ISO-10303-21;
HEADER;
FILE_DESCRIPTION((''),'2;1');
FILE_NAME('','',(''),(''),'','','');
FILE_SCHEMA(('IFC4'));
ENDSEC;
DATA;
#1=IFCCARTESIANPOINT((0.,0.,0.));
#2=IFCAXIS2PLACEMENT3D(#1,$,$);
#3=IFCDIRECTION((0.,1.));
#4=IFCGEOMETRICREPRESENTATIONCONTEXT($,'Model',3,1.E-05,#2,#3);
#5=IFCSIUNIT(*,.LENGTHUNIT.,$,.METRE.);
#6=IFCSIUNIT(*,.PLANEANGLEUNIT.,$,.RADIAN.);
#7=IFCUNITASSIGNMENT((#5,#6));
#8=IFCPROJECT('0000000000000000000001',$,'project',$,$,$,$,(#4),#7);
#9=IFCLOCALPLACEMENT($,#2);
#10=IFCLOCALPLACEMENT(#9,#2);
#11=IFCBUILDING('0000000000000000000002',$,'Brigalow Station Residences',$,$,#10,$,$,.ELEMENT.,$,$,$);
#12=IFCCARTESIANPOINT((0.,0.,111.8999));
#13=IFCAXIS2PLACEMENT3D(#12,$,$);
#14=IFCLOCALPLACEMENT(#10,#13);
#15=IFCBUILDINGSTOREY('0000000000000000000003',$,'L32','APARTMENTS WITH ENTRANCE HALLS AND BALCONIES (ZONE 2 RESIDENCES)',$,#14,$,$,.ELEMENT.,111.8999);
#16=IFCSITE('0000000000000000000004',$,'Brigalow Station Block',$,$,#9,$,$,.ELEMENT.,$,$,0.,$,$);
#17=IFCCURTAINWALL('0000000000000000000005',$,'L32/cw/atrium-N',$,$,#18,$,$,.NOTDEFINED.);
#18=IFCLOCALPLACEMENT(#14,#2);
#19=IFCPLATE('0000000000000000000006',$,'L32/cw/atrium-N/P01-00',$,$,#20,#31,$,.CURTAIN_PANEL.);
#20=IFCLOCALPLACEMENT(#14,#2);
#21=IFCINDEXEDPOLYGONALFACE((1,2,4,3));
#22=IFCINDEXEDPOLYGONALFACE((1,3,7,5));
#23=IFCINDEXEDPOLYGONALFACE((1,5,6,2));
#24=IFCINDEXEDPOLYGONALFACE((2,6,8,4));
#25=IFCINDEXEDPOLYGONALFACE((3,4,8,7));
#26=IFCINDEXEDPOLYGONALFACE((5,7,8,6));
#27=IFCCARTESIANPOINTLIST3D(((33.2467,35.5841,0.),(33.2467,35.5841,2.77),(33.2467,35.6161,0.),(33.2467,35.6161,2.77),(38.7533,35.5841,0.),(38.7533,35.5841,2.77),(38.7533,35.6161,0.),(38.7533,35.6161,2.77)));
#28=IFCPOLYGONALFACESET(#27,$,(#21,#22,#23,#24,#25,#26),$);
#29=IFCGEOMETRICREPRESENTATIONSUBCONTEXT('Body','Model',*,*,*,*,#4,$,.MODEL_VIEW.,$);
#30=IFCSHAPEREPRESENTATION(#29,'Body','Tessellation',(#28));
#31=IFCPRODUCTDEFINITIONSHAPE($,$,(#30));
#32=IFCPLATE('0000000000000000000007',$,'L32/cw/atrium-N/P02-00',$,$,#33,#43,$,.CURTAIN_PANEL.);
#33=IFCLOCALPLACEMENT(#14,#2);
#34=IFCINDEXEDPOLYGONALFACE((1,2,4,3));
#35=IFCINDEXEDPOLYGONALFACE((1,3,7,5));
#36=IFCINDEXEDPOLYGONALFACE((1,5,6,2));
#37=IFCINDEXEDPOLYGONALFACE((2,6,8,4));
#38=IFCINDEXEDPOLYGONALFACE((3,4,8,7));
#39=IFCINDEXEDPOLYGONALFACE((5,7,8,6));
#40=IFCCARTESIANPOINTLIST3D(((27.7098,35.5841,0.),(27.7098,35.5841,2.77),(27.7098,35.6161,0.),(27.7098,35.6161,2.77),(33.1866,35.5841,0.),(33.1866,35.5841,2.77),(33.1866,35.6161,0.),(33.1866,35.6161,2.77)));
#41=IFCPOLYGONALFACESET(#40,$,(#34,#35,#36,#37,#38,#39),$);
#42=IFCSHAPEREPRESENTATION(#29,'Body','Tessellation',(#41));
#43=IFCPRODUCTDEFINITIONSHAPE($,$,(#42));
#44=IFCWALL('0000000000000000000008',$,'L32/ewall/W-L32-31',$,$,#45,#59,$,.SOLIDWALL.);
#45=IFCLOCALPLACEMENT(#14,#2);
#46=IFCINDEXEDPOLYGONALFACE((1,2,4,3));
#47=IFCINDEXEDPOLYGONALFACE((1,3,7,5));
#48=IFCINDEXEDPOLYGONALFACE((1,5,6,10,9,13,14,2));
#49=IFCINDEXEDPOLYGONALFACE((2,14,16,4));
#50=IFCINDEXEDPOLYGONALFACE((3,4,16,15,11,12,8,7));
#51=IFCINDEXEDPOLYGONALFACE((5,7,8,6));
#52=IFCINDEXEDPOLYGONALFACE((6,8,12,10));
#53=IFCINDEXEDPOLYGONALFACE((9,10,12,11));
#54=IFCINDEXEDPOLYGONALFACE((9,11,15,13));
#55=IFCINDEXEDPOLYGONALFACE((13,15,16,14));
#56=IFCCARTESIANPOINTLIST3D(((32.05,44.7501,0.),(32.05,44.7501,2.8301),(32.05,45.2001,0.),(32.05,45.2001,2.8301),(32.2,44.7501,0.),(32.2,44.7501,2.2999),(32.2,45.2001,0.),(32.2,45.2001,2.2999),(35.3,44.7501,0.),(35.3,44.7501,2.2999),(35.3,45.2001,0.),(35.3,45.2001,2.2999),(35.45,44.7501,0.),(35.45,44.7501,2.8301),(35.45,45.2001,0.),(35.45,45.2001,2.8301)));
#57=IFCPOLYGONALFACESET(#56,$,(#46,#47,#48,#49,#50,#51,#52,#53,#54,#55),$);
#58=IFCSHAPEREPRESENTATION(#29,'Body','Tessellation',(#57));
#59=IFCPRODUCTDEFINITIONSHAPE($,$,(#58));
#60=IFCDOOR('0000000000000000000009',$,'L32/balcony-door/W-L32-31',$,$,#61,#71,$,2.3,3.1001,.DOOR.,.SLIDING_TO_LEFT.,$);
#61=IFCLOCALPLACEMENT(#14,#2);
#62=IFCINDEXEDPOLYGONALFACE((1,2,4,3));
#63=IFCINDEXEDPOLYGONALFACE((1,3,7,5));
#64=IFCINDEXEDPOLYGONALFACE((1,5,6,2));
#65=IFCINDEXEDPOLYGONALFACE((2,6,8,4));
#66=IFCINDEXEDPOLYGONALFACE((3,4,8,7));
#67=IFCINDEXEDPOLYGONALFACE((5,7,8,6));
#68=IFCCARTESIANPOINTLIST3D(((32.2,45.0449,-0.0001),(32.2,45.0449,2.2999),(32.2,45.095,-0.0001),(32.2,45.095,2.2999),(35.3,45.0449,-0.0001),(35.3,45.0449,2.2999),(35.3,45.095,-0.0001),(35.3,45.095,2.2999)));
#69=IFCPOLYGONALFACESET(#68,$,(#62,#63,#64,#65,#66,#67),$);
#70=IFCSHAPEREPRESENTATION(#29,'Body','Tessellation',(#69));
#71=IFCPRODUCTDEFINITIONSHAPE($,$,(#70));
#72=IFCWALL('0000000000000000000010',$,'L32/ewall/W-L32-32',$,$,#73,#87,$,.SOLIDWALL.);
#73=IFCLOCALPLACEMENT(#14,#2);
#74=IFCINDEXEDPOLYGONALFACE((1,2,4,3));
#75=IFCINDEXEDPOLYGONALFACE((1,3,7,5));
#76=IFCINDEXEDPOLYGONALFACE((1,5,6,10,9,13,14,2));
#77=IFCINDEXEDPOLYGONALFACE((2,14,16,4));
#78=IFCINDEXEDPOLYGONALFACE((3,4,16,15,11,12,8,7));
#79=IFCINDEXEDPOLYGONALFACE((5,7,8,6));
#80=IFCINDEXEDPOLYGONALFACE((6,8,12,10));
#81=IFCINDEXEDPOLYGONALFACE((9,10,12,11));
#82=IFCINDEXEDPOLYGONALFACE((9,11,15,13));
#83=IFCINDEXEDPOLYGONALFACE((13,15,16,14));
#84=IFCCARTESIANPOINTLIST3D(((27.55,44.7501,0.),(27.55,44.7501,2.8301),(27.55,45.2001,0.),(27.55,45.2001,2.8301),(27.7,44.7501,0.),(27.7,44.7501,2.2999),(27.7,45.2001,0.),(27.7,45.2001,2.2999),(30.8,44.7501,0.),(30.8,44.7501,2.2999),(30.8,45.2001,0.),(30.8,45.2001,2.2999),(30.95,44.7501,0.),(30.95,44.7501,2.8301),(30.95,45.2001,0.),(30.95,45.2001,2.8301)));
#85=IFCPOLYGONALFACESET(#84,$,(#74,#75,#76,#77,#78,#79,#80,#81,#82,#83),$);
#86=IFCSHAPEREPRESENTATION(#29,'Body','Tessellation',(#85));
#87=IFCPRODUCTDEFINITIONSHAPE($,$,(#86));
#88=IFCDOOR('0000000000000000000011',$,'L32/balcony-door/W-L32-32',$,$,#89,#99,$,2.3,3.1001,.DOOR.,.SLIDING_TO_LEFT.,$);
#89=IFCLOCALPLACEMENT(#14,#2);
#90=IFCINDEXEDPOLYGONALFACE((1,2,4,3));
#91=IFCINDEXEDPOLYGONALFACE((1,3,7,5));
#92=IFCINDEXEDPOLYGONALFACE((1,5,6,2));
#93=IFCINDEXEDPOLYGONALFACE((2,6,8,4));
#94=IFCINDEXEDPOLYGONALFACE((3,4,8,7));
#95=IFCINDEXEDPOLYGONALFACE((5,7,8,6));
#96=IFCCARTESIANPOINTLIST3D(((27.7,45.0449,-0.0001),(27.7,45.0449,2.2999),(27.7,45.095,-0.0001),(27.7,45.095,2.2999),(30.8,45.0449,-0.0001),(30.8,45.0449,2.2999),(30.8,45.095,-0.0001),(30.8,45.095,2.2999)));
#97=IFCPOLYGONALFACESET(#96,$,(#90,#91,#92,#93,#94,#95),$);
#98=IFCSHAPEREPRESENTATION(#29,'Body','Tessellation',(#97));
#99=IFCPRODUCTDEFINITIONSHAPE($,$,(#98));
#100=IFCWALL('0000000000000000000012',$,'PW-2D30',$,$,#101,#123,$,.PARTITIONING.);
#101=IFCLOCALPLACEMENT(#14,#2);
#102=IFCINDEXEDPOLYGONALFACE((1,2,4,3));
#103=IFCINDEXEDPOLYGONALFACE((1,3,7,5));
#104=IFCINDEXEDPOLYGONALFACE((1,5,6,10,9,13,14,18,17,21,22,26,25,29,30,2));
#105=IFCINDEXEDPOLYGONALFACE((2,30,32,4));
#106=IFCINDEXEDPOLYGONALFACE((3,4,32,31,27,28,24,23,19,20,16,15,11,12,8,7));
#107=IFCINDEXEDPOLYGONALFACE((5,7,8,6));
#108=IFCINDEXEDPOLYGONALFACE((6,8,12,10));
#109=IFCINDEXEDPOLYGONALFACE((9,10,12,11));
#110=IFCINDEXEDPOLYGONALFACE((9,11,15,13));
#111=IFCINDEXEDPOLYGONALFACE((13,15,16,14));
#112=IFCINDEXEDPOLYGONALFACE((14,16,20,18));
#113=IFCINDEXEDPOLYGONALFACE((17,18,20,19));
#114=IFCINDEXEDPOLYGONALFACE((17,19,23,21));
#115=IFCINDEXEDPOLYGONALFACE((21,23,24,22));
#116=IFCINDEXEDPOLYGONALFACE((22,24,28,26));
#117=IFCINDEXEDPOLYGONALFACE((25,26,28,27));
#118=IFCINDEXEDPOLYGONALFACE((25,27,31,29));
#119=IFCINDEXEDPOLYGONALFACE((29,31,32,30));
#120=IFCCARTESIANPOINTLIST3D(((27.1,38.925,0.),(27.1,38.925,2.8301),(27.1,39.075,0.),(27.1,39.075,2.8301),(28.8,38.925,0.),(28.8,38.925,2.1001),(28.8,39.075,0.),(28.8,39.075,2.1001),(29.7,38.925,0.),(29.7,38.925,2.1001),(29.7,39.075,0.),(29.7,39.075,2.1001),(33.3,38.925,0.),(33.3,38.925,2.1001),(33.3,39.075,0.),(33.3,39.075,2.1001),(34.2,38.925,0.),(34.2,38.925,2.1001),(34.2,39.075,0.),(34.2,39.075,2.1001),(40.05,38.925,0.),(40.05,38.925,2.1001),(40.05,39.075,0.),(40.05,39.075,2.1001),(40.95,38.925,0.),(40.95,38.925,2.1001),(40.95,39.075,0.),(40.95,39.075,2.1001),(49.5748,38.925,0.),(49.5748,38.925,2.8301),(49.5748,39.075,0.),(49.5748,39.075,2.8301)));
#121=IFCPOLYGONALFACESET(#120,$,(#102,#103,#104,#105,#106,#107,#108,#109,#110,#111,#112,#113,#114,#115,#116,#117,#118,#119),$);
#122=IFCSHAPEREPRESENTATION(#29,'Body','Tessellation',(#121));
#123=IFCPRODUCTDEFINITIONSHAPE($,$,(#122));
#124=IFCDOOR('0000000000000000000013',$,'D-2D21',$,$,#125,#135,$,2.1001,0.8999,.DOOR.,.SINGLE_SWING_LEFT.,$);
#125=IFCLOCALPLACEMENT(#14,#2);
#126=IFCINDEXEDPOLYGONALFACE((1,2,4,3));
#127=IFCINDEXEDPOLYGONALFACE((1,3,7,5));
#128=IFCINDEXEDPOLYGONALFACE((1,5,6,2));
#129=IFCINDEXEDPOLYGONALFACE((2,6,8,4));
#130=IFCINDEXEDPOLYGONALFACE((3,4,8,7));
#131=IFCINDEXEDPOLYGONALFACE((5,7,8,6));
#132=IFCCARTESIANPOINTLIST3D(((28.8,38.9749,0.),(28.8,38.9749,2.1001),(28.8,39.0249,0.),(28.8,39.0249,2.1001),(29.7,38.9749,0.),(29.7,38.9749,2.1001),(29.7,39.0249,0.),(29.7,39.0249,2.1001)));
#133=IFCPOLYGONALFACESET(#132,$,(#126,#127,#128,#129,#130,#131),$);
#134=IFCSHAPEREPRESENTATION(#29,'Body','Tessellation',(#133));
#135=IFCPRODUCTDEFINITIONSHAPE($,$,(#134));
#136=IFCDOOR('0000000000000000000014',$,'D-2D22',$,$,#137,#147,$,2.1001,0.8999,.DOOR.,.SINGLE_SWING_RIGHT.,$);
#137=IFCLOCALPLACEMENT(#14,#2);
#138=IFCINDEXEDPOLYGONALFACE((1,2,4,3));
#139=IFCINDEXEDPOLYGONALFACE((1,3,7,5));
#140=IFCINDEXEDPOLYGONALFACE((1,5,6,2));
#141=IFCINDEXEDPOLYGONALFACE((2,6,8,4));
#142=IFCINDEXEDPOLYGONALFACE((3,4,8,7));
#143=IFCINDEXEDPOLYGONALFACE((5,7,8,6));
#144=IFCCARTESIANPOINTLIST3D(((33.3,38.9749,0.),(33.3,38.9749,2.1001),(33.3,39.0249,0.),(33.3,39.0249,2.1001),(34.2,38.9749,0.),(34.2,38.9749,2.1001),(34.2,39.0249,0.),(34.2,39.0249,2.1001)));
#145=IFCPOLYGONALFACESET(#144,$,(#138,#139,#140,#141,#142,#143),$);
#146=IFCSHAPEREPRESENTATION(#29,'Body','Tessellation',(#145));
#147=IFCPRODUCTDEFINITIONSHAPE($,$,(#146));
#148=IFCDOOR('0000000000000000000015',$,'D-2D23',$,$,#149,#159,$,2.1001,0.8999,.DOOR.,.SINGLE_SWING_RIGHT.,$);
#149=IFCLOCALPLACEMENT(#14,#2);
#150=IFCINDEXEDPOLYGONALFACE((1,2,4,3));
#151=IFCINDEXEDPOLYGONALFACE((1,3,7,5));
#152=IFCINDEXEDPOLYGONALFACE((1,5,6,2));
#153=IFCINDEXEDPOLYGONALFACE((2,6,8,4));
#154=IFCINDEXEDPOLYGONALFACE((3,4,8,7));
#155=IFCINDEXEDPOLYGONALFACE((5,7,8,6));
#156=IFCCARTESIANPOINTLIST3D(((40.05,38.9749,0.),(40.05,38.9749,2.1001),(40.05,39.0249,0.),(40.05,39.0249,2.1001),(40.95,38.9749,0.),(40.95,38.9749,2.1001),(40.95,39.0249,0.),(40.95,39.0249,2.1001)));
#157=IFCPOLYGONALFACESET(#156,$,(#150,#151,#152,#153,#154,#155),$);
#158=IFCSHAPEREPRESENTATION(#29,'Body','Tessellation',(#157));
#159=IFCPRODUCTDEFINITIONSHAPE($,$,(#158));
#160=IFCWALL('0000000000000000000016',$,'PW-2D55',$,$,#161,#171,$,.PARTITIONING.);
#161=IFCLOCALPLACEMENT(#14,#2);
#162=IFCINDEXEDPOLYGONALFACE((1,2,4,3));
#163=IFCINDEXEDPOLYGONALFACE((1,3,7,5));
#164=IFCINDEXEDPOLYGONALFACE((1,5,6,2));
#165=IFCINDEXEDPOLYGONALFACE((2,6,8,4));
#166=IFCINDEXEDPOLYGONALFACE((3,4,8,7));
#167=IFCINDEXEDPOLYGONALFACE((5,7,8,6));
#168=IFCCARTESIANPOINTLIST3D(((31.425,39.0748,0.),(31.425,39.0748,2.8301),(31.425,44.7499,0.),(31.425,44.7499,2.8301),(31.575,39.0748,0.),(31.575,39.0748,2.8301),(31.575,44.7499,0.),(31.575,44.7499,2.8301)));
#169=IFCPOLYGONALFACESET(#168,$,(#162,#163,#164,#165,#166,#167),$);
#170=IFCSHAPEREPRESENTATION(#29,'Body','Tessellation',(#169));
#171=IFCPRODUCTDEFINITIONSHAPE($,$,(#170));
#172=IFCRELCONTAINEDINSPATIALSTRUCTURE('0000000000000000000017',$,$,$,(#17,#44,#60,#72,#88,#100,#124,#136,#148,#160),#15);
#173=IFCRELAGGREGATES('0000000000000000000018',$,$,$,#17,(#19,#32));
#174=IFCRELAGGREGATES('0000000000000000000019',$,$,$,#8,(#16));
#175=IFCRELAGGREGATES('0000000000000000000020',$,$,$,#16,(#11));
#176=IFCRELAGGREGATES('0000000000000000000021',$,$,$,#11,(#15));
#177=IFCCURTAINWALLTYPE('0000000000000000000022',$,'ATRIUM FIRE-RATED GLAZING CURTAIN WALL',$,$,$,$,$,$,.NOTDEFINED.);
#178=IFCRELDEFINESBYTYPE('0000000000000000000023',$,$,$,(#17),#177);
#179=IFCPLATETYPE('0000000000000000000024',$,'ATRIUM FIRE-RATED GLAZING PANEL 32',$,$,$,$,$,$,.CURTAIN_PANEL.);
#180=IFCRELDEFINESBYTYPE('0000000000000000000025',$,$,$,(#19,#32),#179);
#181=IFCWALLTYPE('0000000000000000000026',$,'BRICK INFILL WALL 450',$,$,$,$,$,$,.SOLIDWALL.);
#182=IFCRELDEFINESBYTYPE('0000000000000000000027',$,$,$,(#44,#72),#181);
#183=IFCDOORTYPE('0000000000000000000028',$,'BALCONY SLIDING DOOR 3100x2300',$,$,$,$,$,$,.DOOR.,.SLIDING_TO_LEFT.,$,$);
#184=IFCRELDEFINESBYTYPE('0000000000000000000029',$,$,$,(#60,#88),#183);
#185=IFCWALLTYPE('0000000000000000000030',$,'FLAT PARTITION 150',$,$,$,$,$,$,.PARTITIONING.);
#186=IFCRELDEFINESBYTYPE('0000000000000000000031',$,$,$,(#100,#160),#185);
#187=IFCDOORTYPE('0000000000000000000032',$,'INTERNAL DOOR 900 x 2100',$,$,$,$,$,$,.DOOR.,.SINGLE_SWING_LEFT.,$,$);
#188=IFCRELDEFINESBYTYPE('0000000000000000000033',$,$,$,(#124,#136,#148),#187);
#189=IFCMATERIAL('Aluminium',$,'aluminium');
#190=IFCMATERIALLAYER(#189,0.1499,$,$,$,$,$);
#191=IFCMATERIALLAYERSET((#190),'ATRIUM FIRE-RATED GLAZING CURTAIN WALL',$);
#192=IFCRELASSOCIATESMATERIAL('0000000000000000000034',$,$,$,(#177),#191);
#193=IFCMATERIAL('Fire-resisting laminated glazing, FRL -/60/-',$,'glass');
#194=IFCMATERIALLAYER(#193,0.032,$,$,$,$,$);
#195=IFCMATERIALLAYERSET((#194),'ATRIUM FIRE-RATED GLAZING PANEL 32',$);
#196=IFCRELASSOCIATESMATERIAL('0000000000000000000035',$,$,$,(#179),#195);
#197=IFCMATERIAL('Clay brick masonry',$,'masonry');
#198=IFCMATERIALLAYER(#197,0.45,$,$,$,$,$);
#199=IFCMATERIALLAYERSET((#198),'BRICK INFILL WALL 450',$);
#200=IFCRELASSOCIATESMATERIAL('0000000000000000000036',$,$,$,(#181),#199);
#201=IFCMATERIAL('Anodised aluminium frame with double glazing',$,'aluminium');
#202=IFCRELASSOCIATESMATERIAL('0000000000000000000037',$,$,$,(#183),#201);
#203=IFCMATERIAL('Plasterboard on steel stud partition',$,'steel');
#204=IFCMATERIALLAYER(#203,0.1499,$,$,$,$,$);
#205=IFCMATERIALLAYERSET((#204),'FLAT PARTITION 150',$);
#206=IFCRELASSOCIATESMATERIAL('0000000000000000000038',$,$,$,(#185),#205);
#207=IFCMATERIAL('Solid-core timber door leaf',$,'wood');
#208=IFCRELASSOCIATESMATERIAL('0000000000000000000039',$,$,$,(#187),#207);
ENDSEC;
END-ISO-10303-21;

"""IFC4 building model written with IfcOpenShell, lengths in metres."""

from ifc_helpers import new_model, si_unit, direction, frame, frame_2d, origin, origin_2d, place, context, subcontext, project, spatial, rectangle, extrude, material, layer, layer_set, type_object, element, fill, aggregate, save


model = new_model("IFC4")

# Units and contexts
model_context = context("Model", 3, precision=1e-05, world=origin(), true_north=direction((0.0, 1.0)))
body_context = subcontext(model_context, "Body", "Model", "MODEL_VIEW")
ifc_project = project(units=[si_unit("LENGTHUNIT", "METRE"), si_unit("PLANEANGLEUNIT", "RADIAN")], contexts=[model_context])

# Site, building, storey
site_placement = place(None, origin())
site = spatial("IfcSite", under=ifc_project, at=site_placement, Name="Brigalow Station Block", CompositionType="ELEMENT", RefElevation=0.0)
building_placement = place(site_placement, origin())
building = spatial("IfcBuilding", under=site, at=building_placement, Name="Brigalow Station Residences", CompositionType="ELEMENT")
storey_placement = place(building_placement, frame((0.0, 0.0, 111.8999)))
storey = spatial("IfcBuildingStorey", under=building, at=storey_placement, Name="L32", Description="APARTMENTS WITH ENTRANCE HALLS AND BALCONIES (ZONE 2 RESIDENCES)", CompositionType="ELEMENT", Elevation=111.8999)

# Shared definitions
ifc_material_1 = material(Name="Aluminium", Category="aluminium")
ifc_layer_1 = layer(ifc_material_1, 0.1499)
ifc_layer_set_1 = layer_set([ifc_layer_1], Name="ATRIUM FIRE-RATED GLAZING CURTAIN WALL")
curtain_wall_type = type_object("IfcCurtainWallType", Name="ATRIUM FIRE-RATED GLAZING CURTAIN WALL", PredefinedType="NOTDEFINED", material=ifc_layer_set_1)

# Curtain wall
curtain_wall_1_placement = place(storey_placement, origin())
curtain_wall_1 = element("IfcCurtainWall", 1, at=curtain_wall_1_placement, inside=storey, type_object=curtain_wall_type, Name="L32/cw/atrium-N", PredefinedType="NOTDEFINED")

# Plates
ifc_material_2 = material(Name="Fire-resisting laminated glazing, FRL -/60/-", Category="glass")
ifc_layer_2 = layer(ifc_material_2, 0.032)
ifc_layer_set_2 = layer_set([ifc_layer_2], Name="ATRIUM FIRE-RATED GLAZING PANEL 32")
plate_type = type_object("IfcPlateType", Name="ATRIUM FIRE-RATED GLAZING PANEL 32", PredefinedType="CURTAIN_PANEL", material=ifc_layer_set_2)
plate_1_placement = place(storey_placement, frame((36.0, 35.6001, 0.0), z_axis=(0.0, 0.0, 1.0), x_axis=(-1.0, 0.0, 0.0)))
plate_1 = element("IfcPlate", 2, at=plate_1_placement, type_object=plate_type, Name="L32/cw/atrium-N/P01-00", PredefinedType="CURTAIN_PANEL", context=body_context, shape_type="SweptSolid", body=[
    extrude(rectangle(XDim=5.5066, YDim=0.032, at=origin_2d()), origin(), (0.0, 0.0, 1.0), 2.77),
])
plate_2_placement = place(storey_placement, frame((30.4482, 35.6001, 0.0), z_axis=(0.0, 0.0, 1.0), x_axis=(-1.0, 0.0, 0.0)))
plate_2 = element("IfcPlate", 3, at=plate_2_placement, type_object=plate_type, Name="L32/cw/atrium-N/P02-00", PredefinedType="CURTAIN_PANEL", context=body_context, shape_type="SweptSolid", body=[
    extrude(rectangle(XDim=5.4768, YDim=0.032, at=origin_2d()), origin(), (0.0, 0.0, 1.0), 2.77),
])
aggregate(curtain_wall_1, [plate_1, plate_2])

# Walls, openings, doors
ifc_material_3 = material(Name="Clay brick masonry", Category="masonry")
ifc_layer_3 = layer(ifc_material_3, 0.45)
ifc_layer_set_3 = layer_set([ifc_layer_3], Name="BRICK INFILL WALL 450")
wall_type_1 = type_object("IfcWallType", Name="BRICK INFILL WALL 450", PredefinedType="SOLIDWALL", material=ifc_layer_set_3)
wall_1_placement = place(storey_placement, frame((35.45, 44.9751, 0.0), z_axis=(0.0, 0.0, 1.0), x_axis=(-1.0, 0.0, 0.0)))
wall_1 = element("IfcWall", 4, at=wall_1_placement, inside=storey, type_object=wall_type_1, Name="L32/ewall/W-L32-31", PredefinedType="SOLIDWALL", context=body_context, shape_type="SweptSolid", body=[
    extrude(rectangle(XDim=3.3999, YDim=0.45, at=frame_2d((1.7, 0.0))), origin(), (0.0, 0.0, 1.0), 2.8301),
])
opening_1_placement = place(wall_1_placement, frame((0.1499, 0.0, 0.0)))
opening_1 = element("IfcOpeningElement", 5, at=opening_1_placement, cuts=wall_1, PredefinedType="OPENING", context=body_context, shape_type="SweptSolid", body=[
    extrude(rectangle(XDim=3.1001, YDim=2.3, at=frame_2d((1.55, 1.1499))), frame((0.0, 0.2349, 0.0), z_axis=(0.0, -1.0, 0.0), x_axis=(1.0, 0.0, 0.0)), (0.0, 0.0, 1.0), 0.47),
])
ifc_material_4 = material(Name="Anodised aluminium frame with double glazing", Category="aluminium")
door_type_1 = type_object("IfcDoorType", Name="BALCONY SLIDING DOOR 3100x2300", OperationType="SLIDING_TO_LEFT", PredefinedType="DOOR", material=ifc_material_4)
door_1_placement = place(opening_1_placement, origin())
door_1 = element("IfcDoor", 6, at=door_1_placement, inside=storey, type_object=door_type_1, Name="L32/balcony-door/W-L32-31", OperationType="SLIDING_TO_LEFT", OverallHeight=2.3, OverallWidth=3.1001, PredefinedType="DOOR", context=body_context, shape_type="SweptSolid", body=[
    extrude(rectangle(XDim=3.1001, YDim=2.3, at=frame_2d((1.55, 1.1499))), frame((0.0, -0.0698, 0.0), z_axis=(0.0, -1.0, 0.0), x_axis=(1.0, 0.0, 0.0)), (0.0, 0.0, 1.0), 0.05),
])
fill(opening_1, door_1)
wall_2_placement = place(storey_placement, frame((30.95, 44.9751, 0.0), z_axis=(0.0, 0.0, 1.0), x_axis=(-1.0, 0.0, 0.0)))
wall_2 = element("IfcWall", 7, at=wall_2_placement, inside=storey, type_object=wall_type_1, Name="L32/ewall/W-L32-32", PredefinedType="SOLIDWALL", context=body_context, shape_type="SweptSolid", body=[
    extrude(rectangle(XDim=3.3999, YDim=0.45, at=frame_2d((1.7, 0.0))), origin(), (0.0, 0.0, 1.0), 2.8301),
])
opening_2_placement = place(wall_2_placement, frame((0.1499, 0.0, 0.0)))
opening_2 = element("IfcOpeningElement", 8, at=opening_2_placement, cuts=wall_2, PredefinedType="OPENING", context=body_context, shape_type="SweptSolid", body=[
    extrude(rectangle(XDim=3.1001, YDim=2.3, at=frame_2d((1.55, 1.1499))), frame((0.0, 0.2349, 0.0), z_axis=(0.0, -1.0, 0.0), x_axis=(1.0, 0.0, 0.0)), (0.0, 0.0, 1.0), 0.47),
])
door_2_placement = place(opening_2_placement, origin())
door_2 = element("IfcDoor", 9, at=door_2_placement, inside=storey, type_object=door_type_1, Name="L32/balcony-door/W-L32-32", OperationType="SLIDING_TO_LEFT", OverallHeight=2.3, OverallWidth=3.1001, PredefinedType="DOOR", context=body_context, shape_type="SweptSolid", body=[
    extrude(rectangle(XDim=3.1001, YDim=2.3, at=frame_2d((1.55, 1.1499))), frame((0.0, -0.0698, 0.0), z_axis=(0.0, -1.0, 0.0), x_axis=(1.0, 0.0, 0.0)), (0.0, 0.0, 1.0), 0.05),
])
fill(opening_2, door_2)

# Wall, openings, doors
ifc_material_5 = material(Name="Plasterboard on steel stud partition", Category="steel")
ifc_layer_4 = layer(ifc_material_5, 0.1499)
ifc_layer_set_4 = layer_set([ifc_layer_4], Name="FLAT PARTITION 150")
wall_type_2 = type_object("IfcWallType", Name="FLAT PARTITION 150", PredefinedType="PARTITIONING", material=ifc_layer_set_4)
wall_3_placement = place(storey_placement, frame((27.1001, 39.0, 0.0), z_axis=(0.0, 0.0, 1.0), x_axis=(1.0, 0.0, 0.0)))
wall_3 = element("IfcWall", 10, at=wall_3_placement, inside=storey, type_object=wall_type_2, Name="PW-2D30", PredefinedType="PARTITIONING", context=body_context, shape_type="SweptSolid", body=[
    extrude(rectangle(XDim=22.4749, YDim=0.1499, at=frame_2d((11.2373, 0.0))), origin(), (0.0, 0.0, 1.0), 2.8301),
])
opening_3_placement = place(wall_3_placement, frame((1.7, 0.0, 0.0)))
opening_3 = element("IfcOpeningElement", 11, at=opening_3_placement, cuts=wall_3, PredefinedType="OPENING", context=body_context, shape_type="SweptSolid", body=[
    extrude(rectangle(XDim=0.8999, YDim=2.1001, at=frame_2d((0.45, 1.05))), frame((0.0, 0.085, 0.0), z_axis=(0.0, -1.0, 0.0), x_axis=(1.0, 0.0, 0.0)), (0.0, 0.0, 1.0), 0.1699),
])
opening_4_placement = place(wall_3_placement, frame((6.2, 0.0, 0.0)))
opening_4 = element("IfcOpeningElement", 12, at=opening_4_placement, cuts=wall_3, PredefinedType="OPENING", context=body_context, shape_type="SweptSolid", body=[
    extrude(rectangle(XDim=0.8999, YDim=2.1001, at=frame_2d((0.45, 1.05))), frame((0.0, 0.085, 0.0), z_axis=(0.0, -1.0, 0.0), x_axis=(1.0, 0.0, 0.0)), (0.0, 0.0, 1.0), 0.1699),
])
opening_5_placement = place(wall_3_placement, frame((12.95, 0.0, 0.0)))
opening_5 = element("IfcOpeningElement", 13, at=opening_5_placement, cuts=wall_3, PredefinedType="OPENING", context=body_context, shape_type="SweptSolid", body=[
    extrude(rectangle(XDim=0.8999, YDim=2.1001, at=frame_2d((0.45, 1.05))), frame((0.0, 0.085, 0.0), z_axis=(0.0, -1.0, 0.0), x_axis=(1.0, 0.0, 0.0)), (0.0, 0.0, 1.0), 0.1699),
])
ifc_material_6 = material(Name="Solid-core timber door leaf", Category="wood")
door_type_2 = type_object("IfcDoorType", Name="INTERNAL DOOR 900 x 2100", OperationType="SINGLE_SWING_LEFT", PredefinedType="DOOR", material=ifc_material_6)
door_3_placement = place(opening_3_placement, origin())
door_3 = element("IfcDoor", 14, at=door_3_placement, inside=storey, type_object=door_type_2, Name="D-2D21", OperationType="SINGLE_SWING_LEFT", OverallHeight=2.1001, OverallWidth=0.8999, PredefinedType="DOOR", context=body_context, shape_type="SweptSolid", body=[
    extrude(rectangle(XDim=0.8999, YDim=2.1001, at=frame_2d((0.45, 1.05))), frame((0.0, 0.0249, 0.0), z_axis=(0.0, -1.0, 0.0), x_axis=(1.0, 0.0, 0.0)), (0.0, 0.0, 1.0), 0.05),
])
fill(opening_3, door_3)
door_4_placement = place(opening_4_placement, origin())
door_4 = element("IfcDoor", 15, at=door_4_placement, inside=storey, type_object=door_type_2, Name="D-2D22", OperationType="SINGLE_SWING_RIGHT", OverallHeight=2.1001, OverallWidth=0.8999, PredefinedType="DOOR", context=body_context, shape_type="SweptSolid", body=[
    extrude(rectangle(XDim=0.8999, YDim=2.1001, at=frame_2d((0.45, 1.05))), frame((0.0, 0.0249, 0.0), z_axis=(0.0, -1.0, 0.0), x_axis=(1.0, 0.0, 0.0)), (0.0, 0.0, 1.0), 0.05),
])
fill(opening_4, door_4)
door_5_placement = place(opening_5_placement, origin())
door_5 = element("IfcDoor", 16, at=door_5_placement, inside=storey, type_object=door_type_2, Name="D-2D23", OperationType="SINGLE_SWING_RIGHT", OverallHeight=2.1001, OverallWidth=0.8999, PredefinedType="DOOR", context=body_context, shape_type="SweptSolid", body=[
    extrude(rectangle(XDim=0.8999, YDim=2.1001, at=frame_2d((0.45, 1.05))), frame((0.0, 0.0249, 0.0), z_axis=(0.0, -1.0, 0.0), x_axis=(1.0, 0.0, 0.0)), (0.0, 0.0, 1.0), 0.05),
])
fill(opening_5, door_5)

# Wall
for number, where, z_axis, x_axis, name in (
    (17, (31.5, 39.075, 0.0), (0.0, 0.0, 1.0), (0.0, 1.0, 0.0), "PW-2D55"),
):
    element("IfcWall", number, at=place(storey_placement, frame(where, z_axis=z_axis, x_axis=x_axis)), inside=storey, type_object=wall_type_2, Name=name, PredefinedType="PARTITIONING", context=body_context, shape_type="SweptSolid", body=[
        extrude(rectangle(XDim=5.675, YDim=0.1499, at=frame_2d((2.8374, 0.0))), origin(), (0.0, 0.0, 1.0), 2.8301),
    ])

save(model, "model.ifc")
